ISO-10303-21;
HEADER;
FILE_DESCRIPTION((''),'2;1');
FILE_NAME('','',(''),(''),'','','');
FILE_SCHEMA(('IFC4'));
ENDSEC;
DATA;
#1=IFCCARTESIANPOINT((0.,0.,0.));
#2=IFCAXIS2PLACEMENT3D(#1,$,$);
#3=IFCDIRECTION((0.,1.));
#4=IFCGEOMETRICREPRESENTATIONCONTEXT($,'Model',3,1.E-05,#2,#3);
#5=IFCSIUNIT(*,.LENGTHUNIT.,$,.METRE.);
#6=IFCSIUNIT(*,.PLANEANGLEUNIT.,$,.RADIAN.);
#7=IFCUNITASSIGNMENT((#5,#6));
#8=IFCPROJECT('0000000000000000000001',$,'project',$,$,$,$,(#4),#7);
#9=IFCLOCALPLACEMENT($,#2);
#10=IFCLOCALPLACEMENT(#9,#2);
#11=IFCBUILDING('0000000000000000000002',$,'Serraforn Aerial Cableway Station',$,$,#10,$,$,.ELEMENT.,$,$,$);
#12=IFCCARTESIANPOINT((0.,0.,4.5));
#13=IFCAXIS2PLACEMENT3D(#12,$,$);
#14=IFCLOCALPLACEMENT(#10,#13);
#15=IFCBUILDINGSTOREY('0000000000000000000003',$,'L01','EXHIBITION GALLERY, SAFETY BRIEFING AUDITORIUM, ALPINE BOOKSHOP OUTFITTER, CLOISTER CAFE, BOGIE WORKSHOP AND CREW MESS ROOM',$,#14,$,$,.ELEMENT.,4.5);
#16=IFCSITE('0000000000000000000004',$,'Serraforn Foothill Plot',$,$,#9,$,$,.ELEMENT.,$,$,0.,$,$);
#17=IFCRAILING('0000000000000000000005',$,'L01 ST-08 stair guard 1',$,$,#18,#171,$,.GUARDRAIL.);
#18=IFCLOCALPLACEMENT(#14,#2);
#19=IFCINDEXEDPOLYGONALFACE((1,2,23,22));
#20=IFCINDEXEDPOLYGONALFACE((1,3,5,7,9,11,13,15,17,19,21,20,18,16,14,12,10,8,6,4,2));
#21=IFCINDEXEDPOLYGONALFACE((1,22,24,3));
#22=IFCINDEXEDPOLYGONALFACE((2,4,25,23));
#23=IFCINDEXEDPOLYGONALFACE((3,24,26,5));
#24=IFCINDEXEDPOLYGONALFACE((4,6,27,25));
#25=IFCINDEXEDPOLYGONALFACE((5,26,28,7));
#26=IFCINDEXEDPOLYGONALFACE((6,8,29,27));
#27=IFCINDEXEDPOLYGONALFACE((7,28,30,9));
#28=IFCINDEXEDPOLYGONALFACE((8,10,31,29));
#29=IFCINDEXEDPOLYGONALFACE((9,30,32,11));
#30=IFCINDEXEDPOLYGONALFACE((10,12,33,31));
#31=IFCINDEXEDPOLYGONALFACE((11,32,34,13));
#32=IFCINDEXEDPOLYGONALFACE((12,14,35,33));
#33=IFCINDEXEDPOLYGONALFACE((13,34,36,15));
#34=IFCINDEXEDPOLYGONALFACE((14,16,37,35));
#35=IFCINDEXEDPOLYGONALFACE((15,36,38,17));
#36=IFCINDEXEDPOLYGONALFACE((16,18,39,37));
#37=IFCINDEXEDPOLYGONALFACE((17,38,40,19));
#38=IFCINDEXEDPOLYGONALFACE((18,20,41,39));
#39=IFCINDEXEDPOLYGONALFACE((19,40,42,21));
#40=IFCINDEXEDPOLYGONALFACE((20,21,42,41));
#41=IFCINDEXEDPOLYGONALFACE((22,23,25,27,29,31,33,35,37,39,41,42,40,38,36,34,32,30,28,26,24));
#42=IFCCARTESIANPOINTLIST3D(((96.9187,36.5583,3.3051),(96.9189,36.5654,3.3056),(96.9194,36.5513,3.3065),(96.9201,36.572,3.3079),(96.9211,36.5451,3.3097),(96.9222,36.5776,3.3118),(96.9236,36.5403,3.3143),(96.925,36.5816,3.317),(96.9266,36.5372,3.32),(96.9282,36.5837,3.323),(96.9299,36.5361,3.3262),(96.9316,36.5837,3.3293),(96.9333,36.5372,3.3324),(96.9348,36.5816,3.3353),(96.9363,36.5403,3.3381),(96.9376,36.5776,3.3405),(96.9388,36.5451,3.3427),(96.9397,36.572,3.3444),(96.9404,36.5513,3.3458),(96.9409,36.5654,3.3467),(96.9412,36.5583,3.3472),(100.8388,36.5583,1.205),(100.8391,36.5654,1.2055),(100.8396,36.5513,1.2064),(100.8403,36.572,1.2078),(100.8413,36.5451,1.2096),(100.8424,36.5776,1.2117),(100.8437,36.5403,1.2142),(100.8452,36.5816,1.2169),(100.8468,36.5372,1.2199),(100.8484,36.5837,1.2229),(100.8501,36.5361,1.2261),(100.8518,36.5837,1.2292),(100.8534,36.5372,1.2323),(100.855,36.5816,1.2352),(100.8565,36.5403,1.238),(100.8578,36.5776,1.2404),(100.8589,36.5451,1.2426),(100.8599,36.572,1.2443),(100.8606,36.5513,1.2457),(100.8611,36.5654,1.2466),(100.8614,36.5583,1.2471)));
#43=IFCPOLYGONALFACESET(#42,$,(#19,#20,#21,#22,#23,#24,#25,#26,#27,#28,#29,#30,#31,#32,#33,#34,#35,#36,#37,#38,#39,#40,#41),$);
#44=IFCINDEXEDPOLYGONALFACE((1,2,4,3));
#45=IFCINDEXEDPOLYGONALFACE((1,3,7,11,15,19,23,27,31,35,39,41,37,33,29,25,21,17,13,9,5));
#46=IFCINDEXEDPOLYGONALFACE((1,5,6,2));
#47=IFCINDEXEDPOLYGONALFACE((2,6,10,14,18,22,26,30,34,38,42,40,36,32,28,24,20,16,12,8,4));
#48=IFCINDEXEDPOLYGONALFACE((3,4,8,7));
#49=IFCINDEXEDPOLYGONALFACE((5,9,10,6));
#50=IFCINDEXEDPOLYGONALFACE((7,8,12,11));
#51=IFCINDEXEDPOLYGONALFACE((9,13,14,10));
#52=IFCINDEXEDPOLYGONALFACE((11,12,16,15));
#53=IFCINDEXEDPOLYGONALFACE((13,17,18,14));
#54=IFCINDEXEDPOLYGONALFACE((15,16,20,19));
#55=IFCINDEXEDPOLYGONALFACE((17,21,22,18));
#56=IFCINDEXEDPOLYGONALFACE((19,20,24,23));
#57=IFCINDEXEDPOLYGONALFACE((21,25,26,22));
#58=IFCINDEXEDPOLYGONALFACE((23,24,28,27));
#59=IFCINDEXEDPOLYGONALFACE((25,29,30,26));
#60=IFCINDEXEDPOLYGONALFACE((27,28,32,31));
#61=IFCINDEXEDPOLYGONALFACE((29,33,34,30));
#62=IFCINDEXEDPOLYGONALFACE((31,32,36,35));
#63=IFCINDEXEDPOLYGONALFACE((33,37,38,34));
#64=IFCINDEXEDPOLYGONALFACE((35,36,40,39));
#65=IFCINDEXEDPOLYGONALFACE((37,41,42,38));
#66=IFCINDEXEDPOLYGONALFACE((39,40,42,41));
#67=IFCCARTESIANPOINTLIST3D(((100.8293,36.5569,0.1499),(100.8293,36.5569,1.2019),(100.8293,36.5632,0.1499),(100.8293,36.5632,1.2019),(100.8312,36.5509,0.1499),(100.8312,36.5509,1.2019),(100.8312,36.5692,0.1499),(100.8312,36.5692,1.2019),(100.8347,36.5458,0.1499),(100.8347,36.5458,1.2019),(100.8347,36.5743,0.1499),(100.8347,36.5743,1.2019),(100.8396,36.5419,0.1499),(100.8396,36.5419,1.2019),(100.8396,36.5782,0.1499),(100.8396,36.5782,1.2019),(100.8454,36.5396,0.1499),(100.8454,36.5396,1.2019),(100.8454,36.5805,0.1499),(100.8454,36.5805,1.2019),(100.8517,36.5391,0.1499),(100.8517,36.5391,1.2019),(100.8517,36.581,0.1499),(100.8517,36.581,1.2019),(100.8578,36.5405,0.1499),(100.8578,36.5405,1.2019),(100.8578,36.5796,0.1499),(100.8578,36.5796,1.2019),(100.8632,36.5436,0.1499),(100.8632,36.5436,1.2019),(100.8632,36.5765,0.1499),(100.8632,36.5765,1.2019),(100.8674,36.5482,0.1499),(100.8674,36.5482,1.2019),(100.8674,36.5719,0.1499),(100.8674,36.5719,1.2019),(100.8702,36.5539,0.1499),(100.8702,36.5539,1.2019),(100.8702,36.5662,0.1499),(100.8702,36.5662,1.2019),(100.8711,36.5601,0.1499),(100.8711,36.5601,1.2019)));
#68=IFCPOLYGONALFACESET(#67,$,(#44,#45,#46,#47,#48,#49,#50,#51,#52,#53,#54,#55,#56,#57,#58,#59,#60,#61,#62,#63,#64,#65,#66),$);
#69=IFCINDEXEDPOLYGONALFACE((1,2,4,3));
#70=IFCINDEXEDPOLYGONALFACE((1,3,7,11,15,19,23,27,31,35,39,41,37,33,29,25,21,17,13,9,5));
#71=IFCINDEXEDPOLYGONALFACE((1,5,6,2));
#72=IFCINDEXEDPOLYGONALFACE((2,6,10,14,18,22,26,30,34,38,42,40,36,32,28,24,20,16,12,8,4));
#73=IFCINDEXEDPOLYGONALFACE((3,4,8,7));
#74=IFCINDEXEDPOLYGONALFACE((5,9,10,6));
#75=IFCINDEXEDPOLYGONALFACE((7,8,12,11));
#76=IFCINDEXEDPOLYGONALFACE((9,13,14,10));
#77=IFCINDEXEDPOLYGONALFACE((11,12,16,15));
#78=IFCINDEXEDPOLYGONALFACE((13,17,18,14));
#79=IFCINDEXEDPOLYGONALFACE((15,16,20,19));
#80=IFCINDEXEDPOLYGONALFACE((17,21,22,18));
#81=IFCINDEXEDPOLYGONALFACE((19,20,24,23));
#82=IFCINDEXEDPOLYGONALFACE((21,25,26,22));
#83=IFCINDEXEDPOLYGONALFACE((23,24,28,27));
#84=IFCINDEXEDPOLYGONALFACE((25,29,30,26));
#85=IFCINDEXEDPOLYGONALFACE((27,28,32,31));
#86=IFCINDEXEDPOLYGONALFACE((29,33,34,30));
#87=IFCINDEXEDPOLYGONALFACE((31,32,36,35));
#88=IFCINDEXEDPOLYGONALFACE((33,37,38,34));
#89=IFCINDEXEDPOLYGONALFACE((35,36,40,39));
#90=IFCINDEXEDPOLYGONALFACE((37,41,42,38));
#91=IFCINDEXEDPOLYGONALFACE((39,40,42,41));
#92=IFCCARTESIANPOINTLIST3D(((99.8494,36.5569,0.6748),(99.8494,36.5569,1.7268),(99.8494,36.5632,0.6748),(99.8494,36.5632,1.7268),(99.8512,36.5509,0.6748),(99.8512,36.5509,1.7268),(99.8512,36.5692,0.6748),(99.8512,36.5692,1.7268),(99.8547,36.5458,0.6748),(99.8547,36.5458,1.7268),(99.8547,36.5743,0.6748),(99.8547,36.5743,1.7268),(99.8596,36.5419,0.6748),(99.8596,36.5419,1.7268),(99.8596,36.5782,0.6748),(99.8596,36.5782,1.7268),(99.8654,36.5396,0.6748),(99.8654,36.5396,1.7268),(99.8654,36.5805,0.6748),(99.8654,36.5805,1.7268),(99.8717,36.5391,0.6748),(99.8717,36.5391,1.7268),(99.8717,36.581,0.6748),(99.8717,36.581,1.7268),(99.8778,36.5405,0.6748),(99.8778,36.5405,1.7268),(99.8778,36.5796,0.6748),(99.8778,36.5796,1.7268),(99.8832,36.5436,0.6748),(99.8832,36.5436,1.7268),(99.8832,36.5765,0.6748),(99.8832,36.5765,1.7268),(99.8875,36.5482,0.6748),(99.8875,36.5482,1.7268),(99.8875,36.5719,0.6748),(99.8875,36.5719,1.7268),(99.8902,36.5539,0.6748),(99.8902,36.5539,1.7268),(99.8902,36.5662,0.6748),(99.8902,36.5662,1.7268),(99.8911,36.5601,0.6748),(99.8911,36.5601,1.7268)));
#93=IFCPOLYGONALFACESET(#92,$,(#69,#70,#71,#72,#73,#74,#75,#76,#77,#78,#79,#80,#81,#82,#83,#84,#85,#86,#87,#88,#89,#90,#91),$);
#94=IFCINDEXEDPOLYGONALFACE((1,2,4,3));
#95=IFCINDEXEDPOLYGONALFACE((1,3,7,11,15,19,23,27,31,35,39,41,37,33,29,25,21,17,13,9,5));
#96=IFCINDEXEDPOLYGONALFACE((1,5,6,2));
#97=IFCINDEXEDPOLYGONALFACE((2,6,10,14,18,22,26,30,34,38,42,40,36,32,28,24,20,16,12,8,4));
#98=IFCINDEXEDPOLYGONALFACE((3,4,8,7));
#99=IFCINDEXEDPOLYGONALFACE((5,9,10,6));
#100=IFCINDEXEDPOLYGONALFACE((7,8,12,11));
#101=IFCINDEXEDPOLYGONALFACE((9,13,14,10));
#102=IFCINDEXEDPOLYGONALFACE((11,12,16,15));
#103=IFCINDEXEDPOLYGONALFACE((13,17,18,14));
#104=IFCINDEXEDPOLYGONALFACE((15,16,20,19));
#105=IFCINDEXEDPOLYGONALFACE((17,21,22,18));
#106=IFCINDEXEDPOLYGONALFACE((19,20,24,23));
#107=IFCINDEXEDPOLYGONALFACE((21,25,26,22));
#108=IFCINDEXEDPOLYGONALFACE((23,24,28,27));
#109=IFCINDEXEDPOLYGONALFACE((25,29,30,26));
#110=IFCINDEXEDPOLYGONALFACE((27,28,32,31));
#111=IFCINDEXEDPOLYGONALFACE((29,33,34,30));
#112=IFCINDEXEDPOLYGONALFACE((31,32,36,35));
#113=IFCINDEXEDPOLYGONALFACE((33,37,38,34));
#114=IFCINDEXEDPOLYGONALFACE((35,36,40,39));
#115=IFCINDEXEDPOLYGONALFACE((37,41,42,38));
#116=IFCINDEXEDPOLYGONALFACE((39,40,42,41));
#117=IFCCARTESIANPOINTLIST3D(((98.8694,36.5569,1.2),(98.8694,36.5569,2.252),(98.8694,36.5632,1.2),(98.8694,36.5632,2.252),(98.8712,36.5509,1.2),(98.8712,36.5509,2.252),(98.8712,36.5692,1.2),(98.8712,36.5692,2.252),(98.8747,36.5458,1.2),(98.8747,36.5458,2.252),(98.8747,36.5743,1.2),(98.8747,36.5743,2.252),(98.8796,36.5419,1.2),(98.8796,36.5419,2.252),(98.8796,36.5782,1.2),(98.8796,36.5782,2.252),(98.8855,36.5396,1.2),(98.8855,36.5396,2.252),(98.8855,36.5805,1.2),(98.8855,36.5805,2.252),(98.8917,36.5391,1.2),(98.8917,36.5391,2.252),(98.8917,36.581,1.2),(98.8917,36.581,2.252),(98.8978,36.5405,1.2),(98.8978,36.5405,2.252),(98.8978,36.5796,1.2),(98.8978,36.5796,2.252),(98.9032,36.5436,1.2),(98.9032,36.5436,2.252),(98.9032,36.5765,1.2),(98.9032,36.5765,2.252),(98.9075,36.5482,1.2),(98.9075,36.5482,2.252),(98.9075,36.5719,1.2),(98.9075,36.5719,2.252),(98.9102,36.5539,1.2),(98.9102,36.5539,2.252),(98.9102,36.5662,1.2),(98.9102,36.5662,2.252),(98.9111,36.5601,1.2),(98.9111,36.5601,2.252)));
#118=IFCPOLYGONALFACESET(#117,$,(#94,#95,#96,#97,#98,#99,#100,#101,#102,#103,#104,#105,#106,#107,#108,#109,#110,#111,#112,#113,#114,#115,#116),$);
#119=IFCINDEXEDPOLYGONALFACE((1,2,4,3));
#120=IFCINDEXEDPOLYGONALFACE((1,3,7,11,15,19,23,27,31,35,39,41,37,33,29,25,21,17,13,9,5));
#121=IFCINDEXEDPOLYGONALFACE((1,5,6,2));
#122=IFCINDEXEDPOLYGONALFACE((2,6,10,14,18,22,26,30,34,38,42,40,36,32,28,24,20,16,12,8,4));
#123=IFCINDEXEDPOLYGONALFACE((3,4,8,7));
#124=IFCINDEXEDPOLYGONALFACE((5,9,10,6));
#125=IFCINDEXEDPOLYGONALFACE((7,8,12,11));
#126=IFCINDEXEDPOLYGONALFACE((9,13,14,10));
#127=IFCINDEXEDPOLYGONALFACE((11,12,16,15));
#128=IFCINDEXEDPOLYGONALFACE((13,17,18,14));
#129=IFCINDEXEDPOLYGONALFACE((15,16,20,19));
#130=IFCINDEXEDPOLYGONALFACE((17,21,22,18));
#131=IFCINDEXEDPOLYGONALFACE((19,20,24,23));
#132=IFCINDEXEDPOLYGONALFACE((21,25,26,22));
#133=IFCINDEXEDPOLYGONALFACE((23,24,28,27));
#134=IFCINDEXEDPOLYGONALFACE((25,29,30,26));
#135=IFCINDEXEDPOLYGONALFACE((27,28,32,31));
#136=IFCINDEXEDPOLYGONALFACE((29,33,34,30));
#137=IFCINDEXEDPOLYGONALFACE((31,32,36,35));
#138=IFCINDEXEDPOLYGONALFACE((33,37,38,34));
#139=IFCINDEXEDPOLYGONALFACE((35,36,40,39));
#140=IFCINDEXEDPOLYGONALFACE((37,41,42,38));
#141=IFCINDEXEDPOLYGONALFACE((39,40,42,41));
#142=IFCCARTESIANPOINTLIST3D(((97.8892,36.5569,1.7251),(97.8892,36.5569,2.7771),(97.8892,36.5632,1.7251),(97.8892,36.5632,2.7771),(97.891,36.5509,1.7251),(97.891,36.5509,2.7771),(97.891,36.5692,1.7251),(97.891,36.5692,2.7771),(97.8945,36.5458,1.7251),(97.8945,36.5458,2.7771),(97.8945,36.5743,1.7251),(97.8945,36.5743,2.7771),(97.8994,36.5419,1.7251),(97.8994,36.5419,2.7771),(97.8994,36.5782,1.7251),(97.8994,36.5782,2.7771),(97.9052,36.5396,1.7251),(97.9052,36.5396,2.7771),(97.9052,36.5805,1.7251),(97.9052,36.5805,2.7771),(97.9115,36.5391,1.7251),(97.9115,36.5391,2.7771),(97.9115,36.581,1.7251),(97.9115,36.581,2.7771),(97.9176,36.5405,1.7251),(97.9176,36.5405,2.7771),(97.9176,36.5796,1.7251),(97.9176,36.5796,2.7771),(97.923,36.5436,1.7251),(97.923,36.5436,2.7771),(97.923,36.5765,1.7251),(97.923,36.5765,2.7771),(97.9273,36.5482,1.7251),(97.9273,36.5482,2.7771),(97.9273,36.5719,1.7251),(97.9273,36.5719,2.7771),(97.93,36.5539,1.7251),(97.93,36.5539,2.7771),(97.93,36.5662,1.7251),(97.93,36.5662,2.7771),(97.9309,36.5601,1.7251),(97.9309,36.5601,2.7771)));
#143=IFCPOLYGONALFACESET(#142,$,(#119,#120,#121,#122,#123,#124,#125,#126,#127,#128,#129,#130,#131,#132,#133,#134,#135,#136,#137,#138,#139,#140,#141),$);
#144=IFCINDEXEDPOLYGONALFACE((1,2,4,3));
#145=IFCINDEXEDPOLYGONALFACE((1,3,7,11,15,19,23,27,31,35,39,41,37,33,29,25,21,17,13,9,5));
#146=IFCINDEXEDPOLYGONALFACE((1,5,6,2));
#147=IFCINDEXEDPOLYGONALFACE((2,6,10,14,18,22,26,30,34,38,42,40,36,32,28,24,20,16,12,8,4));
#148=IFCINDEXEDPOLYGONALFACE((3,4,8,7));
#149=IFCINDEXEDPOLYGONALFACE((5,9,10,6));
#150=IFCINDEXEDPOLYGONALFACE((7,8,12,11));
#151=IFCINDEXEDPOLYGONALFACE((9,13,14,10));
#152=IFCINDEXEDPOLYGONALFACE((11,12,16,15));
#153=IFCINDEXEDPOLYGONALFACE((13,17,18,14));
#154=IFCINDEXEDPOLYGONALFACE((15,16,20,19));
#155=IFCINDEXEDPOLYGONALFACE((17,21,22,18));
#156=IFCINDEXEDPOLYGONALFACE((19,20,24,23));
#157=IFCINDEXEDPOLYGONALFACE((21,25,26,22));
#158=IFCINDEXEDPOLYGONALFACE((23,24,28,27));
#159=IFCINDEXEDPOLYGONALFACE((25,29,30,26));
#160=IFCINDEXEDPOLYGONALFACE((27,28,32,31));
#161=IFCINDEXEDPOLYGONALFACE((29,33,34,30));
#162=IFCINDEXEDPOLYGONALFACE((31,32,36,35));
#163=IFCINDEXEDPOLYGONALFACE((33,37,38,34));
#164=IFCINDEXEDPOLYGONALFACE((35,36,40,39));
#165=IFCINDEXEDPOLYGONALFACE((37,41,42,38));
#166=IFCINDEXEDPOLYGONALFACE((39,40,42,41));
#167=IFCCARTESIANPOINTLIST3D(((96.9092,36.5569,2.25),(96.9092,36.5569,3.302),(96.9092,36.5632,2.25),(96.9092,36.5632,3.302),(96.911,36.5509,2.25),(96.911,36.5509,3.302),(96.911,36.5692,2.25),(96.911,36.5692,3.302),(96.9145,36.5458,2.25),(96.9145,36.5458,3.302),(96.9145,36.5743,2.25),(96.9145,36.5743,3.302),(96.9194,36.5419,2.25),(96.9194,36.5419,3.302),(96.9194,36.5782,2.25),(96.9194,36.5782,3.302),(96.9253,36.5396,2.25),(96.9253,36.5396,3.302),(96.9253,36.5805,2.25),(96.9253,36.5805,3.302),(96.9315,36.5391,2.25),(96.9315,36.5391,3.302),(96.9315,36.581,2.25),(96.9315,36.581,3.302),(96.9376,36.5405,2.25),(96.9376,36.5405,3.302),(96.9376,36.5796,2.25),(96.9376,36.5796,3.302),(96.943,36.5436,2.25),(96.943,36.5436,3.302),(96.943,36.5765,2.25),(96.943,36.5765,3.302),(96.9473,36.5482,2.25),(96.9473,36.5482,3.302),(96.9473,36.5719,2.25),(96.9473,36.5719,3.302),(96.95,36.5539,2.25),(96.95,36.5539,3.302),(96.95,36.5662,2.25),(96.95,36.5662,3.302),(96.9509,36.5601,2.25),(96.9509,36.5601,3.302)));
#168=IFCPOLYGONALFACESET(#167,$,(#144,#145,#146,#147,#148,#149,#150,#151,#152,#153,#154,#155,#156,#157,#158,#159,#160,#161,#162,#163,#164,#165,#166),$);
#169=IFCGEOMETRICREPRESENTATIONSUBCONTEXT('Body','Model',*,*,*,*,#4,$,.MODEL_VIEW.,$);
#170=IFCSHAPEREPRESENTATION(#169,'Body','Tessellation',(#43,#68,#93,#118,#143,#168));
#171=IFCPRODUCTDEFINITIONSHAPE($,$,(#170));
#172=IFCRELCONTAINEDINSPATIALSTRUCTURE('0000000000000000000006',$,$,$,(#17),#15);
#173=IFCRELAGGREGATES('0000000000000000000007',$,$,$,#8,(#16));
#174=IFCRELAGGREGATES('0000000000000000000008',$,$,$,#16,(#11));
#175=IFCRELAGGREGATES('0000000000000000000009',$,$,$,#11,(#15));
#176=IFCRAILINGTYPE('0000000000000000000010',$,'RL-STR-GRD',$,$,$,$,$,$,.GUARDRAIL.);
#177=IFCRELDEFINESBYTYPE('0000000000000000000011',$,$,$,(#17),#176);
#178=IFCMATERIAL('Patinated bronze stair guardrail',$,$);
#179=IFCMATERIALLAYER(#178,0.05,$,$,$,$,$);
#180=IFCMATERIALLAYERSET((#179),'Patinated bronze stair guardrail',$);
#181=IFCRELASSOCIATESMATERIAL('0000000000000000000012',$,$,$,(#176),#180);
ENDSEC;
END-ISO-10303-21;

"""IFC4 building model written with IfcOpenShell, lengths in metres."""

from ifc_helpers import new_model, si_unit, direction, frame, origin, origin_2d, place, context, subcontext, project, spatial, circle, extrude, material, layer, layer_set, type_object, element, save


model = new_model("IFC4")

# Units and contexts
model_context = context("Model", 3, precision=1e-05, world=origin(), true_north=direction((0.0, 1.0)))
body_context = subcontext(model_context, "Body", "Model", "MODEL_VIEW")
ifc_project = project(units=[si_unit("LENGTHUNIT", "METRE"), si_unit("PLANEANGLEUNIT", "RADIAN")], contexts=[model_context])

# Site, building, storey
site_placement = place(None, origin())
site = spatial("IfcSite", under=ifc_project, at=site_placement, Name="Serraforn Foothill Plot", CompositionType="ELEMENT", RefElevation=0.0)
building_placement = place(site_placement, origin())
building = spatial("IfcBuilding", under=site, at=building_placement, Name="Serraforn Aerial Cableway Station", CompositionType="ELEMENT")
storey_placement = place(building_placement, frame((0.0, 0.0, 4.5)))
storey = spatial("IfcBuildingStorey", under=building, at=storey_placement, Name="L01", Description="EXHIBITION GALLERY, SAFETY BRIEFING AUDITORIUM, ALPINE BOOKSHOP OUTFITTER, CLOISTER CAFE, BOGIE WORKSHOP AND CREW MESS ROOM", CompositionType="ELEMENT", Elevation=4.5)

# Railing
ifc_material_1 = material(Name="Patinated bronze stair guardrail")
ifc_layer_1 = layer(ifc_material_1, 0.05)
ifc_layer_set_1 = layer_set([ifc_layer_1], Name="Patinated bronze stair guardrail")
railing_type_1 = type_object("IfcRailingType", Name="RL-STR-GRD", PredefinedType="GUARDRAIL", material=ifc_layer_set_1)
railing_1_placement = place(storey_placement, frame((100.8501, 36.5601, 0.1499)))
element("IfcRailing", 1, at=railing_1_placement, inside=storey, type_object=railing_type_1, Name="L01 ST-08 stair guard 1", PredefinedType="GUARDRAIL", context=body_context, shape_type="SweptSolid", body=[
    extrude(circle(Radius=0.0239, at=origin_2d()), frame((0.0, 0.0, 1.0762), z_axis=(-0.881479, 0.0, 0.472223), x_axis=(0.0, -1.0, 0.0)), (0.0, 0.0, 1.0), 4.4473),
    extrude(circle(Radius=0.021, at=origin_2d()), origin(), (0.0, 0.0, 1.0), 1.052),
    extrude(circle(Radius=0.021, at=origin_2d()), frame((-0.98, 0.0, 0.5249)), (0.0, 0.0, 1.0), 1.052),
    extrude(circle(Radius=0.021, at=origin_2d()), frame((-1.96, 0.0, 1.05)), (0.0, 0.0, 1.0), 1.052),
    extrude(circle(Radius=0.021, at=origin_2d()), frame((-2.9402, 0.0, 1.5752)), (0.0, 0.0, 1.0), 1.052),
    extrude(circle(Radius=0.021, at=origin_2d()), frame((-3.9202, 0.0, 2.1001)), (0.0, 0.0, 1.0), 1.052),
])

save(model, "model.ifc")
